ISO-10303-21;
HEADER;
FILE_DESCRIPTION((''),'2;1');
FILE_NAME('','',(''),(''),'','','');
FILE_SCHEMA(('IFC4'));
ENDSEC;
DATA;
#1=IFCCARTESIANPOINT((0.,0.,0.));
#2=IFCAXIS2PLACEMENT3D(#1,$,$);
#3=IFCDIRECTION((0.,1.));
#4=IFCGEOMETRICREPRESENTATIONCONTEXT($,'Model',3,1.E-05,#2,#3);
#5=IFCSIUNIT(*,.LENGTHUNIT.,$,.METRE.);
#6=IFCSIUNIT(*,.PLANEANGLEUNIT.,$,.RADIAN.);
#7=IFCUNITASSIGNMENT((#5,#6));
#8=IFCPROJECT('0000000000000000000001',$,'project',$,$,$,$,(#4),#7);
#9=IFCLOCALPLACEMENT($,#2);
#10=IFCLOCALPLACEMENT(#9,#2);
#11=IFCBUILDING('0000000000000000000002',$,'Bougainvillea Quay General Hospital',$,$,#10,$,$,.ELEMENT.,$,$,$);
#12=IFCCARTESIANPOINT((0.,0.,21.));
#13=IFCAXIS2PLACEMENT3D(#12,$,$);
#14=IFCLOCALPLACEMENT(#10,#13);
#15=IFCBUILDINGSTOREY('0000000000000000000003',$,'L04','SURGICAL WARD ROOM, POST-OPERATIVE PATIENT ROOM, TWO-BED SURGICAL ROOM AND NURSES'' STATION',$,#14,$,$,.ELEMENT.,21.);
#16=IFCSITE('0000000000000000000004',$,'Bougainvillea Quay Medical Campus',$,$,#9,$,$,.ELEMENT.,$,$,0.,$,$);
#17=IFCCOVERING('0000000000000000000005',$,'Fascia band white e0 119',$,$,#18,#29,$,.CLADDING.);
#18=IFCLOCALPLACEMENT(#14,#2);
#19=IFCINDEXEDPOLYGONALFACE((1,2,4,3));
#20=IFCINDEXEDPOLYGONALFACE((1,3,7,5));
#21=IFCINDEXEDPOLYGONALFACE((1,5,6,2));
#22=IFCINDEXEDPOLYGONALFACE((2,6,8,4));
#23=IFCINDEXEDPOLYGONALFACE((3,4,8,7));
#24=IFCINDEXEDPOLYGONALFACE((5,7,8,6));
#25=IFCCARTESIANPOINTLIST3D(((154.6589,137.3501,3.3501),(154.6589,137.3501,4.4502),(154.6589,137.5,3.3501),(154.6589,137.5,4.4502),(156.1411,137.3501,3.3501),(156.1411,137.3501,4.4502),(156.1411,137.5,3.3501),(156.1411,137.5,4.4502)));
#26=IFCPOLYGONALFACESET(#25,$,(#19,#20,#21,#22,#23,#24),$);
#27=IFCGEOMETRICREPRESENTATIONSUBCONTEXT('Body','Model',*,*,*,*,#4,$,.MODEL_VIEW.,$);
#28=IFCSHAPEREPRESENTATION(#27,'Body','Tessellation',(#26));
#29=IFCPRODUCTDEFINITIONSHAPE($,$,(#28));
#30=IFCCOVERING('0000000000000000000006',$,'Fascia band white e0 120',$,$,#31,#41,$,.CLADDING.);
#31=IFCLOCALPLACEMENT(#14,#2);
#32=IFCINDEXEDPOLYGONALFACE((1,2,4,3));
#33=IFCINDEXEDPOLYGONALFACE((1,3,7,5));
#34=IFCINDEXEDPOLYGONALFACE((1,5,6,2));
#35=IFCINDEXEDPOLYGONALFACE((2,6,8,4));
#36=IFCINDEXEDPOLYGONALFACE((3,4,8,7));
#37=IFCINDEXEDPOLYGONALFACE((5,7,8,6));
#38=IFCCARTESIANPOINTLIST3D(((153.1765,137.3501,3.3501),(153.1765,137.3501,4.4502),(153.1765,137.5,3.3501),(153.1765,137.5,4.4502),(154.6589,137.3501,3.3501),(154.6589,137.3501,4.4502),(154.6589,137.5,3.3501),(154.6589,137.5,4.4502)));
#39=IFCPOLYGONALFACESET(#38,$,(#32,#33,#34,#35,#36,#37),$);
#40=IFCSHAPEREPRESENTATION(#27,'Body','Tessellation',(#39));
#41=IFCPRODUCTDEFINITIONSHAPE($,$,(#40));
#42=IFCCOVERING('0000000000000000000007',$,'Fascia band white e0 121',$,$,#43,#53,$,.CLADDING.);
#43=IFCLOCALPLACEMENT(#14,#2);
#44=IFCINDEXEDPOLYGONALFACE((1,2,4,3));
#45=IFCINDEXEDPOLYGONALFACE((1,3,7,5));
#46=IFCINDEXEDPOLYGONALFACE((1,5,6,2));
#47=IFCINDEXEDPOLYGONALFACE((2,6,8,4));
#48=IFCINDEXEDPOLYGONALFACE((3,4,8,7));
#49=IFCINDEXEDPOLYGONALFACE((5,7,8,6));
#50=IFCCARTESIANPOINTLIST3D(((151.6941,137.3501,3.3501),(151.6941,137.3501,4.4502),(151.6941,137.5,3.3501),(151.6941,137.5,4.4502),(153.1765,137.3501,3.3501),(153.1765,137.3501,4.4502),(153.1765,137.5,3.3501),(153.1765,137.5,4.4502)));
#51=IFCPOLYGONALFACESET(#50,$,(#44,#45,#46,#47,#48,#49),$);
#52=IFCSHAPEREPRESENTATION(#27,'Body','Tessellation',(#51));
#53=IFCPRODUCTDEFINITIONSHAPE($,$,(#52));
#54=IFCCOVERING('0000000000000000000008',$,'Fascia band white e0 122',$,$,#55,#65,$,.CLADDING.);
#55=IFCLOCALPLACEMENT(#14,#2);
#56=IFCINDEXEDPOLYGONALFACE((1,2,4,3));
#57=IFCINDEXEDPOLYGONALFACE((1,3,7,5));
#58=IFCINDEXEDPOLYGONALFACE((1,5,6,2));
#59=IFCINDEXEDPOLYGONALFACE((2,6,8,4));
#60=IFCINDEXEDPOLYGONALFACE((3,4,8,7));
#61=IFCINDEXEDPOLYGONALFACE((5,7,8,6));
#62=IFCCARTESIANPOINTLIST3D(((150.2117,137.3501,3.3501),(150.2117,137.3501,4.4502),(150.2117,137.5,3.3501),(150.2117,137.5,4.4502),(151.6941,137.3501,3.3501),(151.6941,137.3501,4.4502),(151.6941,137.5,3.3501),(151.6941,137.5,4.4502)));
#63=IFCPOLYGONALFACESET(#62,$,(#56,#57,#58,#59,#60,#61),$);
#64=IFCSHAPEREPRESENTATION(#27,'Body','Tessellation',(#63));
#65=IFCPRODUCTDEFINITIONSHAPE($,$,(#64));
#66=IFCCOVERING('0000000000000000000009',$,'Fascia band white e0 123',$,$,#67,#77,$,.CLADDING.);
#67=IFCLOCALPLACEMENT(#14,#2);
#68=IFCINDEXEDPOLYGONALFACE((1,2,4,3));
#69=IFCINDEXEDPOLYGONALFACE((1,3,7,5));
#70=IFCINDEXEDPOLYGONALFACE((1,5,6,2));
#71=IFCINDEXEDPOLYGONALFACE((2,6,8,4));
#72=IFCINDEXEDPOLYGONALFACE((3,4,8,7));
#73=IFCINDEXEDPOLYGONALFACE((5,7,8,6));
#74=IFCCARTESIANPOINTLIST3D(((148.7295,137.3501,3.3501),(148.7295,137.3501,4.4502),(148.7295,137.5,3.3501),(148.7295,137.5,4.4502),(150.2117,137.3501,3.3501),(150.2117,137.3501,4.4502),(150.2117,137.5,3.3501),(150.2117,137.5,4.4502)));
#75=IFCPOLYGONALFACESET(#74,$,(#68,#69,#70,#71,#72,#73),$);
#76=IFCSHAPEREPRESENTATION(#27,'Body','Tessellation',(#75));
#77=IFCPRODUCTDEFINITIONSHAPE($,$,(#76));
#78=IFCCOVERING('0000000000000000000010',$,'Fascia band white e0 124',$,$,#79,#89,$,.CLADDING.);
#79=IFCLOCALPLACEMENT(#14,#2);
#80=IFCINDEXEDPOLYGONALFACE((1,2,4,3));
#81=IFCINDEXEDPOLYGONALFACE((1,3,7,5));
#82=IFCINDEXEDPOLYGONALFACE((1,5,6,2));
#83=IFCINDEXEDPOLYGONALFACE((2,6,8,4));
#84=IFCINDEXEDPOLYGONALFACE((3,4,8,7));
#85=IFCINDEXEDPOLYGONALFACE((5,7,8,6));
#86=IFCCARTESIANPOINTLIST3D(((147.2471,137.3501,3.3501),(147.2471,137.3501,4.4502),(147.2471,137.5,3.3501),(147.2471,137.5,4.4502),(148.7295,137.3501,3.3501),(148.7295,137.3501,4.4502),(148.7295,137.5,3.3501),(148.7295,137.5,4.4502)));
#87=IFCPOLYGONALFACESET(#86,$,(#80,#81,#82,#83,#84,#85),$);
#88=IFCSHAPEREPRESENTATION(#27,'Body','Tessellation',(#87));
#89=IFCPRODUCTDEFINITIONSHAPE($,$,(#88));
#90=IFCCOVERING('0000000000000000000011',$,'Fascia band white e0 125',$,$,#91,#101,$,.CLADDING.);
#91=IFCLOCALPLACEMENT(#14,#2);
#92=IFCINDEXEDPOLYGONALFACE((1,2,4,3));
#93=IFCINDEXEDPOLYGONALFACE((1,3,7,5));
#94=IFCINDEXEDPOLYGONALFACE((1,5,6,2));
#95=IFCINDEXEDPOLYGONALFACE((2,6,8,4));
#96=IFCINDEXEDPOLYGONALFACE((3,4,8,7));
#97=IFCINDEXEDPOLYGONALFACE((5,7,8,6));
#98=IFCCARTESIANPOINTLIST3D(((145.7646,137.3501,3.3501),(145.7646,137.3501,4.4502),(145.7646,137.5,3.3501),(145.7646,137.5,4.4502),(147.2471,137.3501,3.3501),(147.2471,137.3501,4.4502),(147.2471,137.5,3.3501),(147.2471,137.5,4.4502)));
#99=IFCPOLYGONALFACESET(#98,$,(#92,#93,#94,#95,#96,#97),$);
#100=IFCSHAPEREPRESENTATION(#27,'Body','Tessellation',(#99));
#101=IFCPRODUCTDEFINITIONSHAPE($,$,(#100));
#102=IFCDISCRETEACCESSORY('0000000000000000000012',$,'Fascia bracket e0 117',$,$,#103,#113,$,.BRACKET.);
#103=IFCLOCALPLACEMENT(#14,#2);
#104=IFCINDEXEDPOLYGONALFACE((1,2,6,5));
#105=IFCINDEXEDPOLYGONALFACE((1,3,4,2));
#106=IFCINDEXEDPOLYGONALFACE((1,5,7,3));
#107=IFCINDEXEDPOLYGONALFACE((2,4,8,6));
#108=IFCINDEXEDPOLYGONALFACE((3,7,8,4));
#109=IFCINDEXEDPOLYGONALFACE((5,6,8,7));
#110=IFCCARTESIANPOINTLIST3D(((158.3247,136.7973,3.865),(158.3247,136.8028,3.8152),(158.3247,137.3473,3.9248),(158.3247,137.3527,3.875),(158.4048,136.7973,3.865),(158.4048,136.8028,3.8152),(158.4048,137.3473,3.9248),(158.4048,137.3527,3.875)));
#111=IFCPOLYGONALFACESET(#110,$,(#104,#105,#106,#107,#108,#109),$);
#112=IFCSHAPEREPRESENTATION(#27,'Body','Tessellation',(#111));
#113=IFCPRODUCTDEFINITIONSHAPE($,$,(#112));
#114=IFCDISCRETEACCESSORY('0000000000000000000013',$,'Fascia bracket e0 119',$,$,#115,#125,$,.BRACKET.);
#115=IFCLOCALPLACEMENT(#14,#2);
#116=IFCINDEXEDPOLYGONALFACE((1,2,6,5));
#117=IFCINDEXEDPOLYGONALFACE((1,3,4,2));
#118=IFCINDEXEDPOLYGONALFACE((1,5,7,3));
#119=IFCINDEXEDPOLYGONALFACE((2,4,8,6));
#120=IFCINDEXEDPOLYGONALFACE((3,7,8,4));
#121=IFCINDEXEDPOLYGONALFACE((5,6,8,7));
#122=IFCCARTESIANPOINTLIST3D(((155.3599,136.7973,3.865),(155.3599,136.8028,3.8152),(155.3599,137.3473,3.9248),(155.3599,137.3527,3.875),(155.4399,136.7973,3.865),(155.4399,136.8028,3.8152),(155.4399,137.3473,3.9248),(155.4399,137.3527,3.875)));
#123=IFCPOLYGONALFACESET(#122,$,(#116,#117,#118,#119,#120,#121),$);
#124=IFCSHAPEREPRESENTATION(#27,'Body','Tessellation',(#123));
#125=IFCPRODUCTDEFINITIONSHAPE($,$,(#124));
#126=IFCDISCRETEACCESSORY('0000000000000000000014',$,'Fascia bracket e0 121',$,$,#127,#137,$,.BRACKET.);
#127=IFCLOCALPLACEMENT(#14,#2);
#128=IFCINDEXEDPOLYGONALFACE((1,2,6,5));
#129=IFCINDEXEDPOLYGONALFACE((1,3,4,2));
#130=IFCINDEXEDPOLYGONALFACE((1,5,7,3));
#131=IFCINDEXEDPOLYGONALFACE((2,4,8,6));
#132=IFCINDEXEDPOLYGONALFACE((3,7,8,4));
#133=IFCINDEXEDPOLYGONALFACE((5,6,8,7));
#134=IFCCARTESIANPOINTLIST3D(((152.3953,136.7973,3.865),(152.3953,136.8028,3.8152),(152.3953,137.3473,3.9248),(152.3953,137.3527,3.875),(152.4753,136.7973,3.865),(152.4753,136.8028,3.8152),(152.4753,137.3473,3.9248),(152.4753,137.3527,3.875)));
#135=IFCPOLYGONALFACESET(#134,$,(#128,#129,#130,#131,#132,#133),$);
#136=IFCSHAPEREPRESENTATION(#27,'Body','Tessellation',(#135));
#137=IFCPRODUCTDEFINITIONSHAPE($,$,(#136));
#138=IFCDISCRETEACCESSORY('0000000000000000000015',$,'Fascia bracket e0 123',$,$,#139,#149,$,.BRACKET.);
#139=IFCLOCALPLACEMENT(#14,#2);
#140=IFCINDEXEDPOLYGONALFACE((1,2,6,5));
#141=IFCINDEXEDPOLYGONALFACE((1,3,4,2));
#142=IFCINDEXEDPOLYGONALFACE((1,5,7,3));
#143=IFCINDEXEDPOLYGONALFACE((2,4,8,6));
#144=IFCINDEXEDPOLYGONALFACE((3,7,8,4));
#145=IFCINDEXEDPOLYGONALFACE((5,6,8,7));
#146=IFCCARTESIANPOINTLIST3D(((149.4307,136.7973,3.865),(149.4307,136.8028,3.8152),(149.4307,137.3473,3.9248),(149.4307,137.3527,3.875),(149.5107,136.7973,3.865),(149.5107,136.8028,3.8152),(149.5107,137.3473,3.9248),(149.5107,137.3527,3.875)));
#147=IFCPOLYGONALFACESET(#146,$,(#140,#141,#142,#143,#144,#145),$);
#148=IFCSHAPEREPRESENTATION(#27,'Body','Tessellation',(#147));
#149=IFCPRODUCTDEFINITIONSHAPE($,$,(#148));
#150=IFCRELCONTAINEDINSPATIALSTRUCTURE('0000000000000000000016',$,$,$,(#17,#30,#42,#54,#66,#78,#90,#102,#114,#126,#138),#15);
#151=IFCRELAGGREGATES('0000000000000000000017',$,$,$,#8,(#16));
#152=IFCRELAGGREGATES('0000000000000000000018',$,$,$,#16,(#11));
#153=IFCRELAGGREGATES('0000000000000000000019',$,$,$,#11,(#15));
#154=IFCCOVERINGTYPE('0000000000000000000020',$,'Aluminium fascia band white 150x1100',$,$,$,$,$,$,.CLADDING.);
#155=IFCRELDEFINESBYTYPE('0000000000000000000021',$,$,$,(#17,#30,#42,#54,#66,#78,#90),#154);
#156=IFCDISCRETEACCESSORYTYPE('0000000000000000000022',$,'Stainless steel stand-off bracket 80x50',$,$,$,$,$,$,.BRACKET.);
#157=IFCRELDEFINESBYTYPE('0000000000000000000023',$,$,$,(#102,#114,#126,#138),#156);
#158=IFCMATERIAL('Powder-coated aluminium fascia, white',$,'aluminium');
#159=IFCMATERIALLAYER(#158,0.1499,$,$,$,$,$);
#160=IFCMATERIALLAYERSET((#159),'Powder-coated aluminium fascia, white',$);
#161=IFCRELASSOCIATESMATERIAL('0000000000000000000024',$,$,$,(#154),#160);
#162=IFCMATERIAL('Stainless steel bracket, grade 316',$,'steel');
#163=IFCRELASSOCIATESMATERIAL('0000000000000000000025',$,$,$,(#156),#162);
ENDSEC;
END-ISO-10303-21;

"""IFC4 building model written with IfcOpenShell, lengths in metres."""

from ifc_helpers import new_model, si_unit, direction, frame, origin, origin_2d, place, context, subcontext, project, spatial, polyline, rectangle, outline, extrude, material, layer, layer_set, material_profile, profile_set, type_object, element, save


model = new_model("IFC4")

# Units and contexts
model_context = context("Model", 3, precision=1e-05, world=origin(), true_north=direction((0.0, 1.0)))
body_context = subcontext(model_context, "Body", "Model", "MODEL_VIEW")
ifc_project = project(units=[si_unit("LENGTHUNIT", "METRE"), si_unit("PLANEANGLEUNIT", "RADIAN")], contexts=[model_context])

# Site, building, storey
site_placement = place(None, origin())
site = spatial("IfcSite", under=ifc_project, at=site_placement, Name="Bougainvillea Quay Medical Campus", CompositionType="ELEMENT", RefElevation=0.0)
building_placement = place(site_placement, origin())
building = spatial("IfcBuilding", under=site, at=building_placement, Name="Bougainvillea Quay General Hospital", CompositionType="ELEMENT")
storey_placement = place(building_placement, frame((0.0, 0.0, 21.0)))
storey = spatial("IfcBuildingStorey", under=building, at=storey_placement, Name="L04", Description="SURGICAL WARD ROOM, POST-OPERATIVE PATIENT ROOM, TWO-BED SURGICAL ROOM AND NURSES' STATION", CompositionType="ELEMENT", Elevation=21.0)

# Coverings
ifc_material_1 = material(Name="Powder-coated aluminium fascia, white", Category="aluminium")
ifc_layer_1 = layer(ifc_material_1, 0.1499)
ifc_layer_set_1 = layer_set([ifc_layer_1], Name="Powder-coated aluminium fascia, white")
covering_type = type_object("IfcCoveringType", Name="Aluminium fascia band white 150x1100", PredefinedType="CLADDING", material=ifc_layer_set_1)
covering_1_placement = place(storey_placement, frame((156.1411, 137.3501, 3.3501), z_axis=(0.0, 0.0, 1.0), x_axis=(-1.0, 0.0, 0.0)))
element("IfcCovering", 1, at=covering_1_placement, inside=storey, type_object=covering_type, Name="Fascia band white e0 119", PredefinedType="CLADDING", context=body_context, shape_type="SweptSolid", body=[
    extrude(outline(polyline([(0.0, 0.0), (1.4822, 0.0), (1.4822, -0.1499), (0.0, -0.1499), (0.0, 0.0)])), origin(), (0.0, 0.0, 1.0), 1.1001),
])
for number, where, z_axis, x_axis, name in (
    (2, (154.6589, 137.3501, 3.3501), (0.0, 0.0, 1.0), (-1.0, 0.0, 0.0), "Fascia band white e0 120"),
    (3, (153.1765, 137.3501, 3.3501), (0.0, 0.0, 1.0), (-1.0, 0.0, 0.0), "Fascia band white e0 121"),
    (4, (151.6941, 137.3501, 3.3501), (0.0, 0.0, 1.0), (-1.0, 0.0, 0.0), "Fascia band white e0 122"),
):
    element("IfcCovering", number, at=place(storey_placement, frame(where, z_axis=z_axis, x_axis=x_axis)), inside=storey, type_object=covering_type, Name=name, PredefinedType="CLADDING", context=body_context, shape_type="SweptSolid", body=[
        extrude(outline(polyline([(0.0, 0.0), (1.4824, 0.0), (1.4824, -0.1499), (0.0, -0.1499), (0.0, 0.0)])), origin(), (0.0, 0.0, 1.0), 1.1001),
    ])
covering_2_placement = place(storey_placement, frame((150.2117, 137.3501, 3.3501), z_axis=(0.0, 0.0, 1.0), x_axis=(-1.0, 0.0, 0.0)))
element("IfcCovering", 5, at=covering_2_placement, inside=storey, type_object=covering_type, Name="Fascia band white e0 123", PredefinedType="CLADDING", context=body_context, shape_type="SweptSolid", body=[
    extrude(outline(polyline([(0.0, 0.0), (1.4822, 0.0), (1.4822, -0.1499), (0.0, -0.1499), (0.0, 0.0)])), origin(), (0.0, 0.0, 1.0), 1.1001),
])
for number, where, z_axis, x_axis, name in (
    (6, (148.7295, 137.3501, 3.3501), (0.0, 0.0, 1.0), (-1.0, 0.0, 0.0), "Fascia band white e0 124"),
    (7, (147.2471, 137.3501, 3.3501), (0.0, 0.0, 1.0), (-1.0, 0.0, 0.0), "Fascia band white e0 125"),
):
    element("IfcCovering", number, at=place(storey_placement, frame(where, z_axis=z_axis, x_axis=x_axis)), inside=storey, type_object=covering_type, Name=name, PredefinedType="CLADDING", context=body_context, shape_type="SweptSolid", body=[
        extrude(outline(polyline([(0.0, 0.0), (1.4824, 0.0), (1.4824, -0.1499), (0.0, -0.1499), (0.0, 0.0)])), origin(), (0.0, 0.0, 1.0), 1.1001),
    ])

# Discrete accessories
ifc_material_2 = material(Name="Stainless steel bracket, grade 316", Category="steel")
ifc_material_profile_1 = material_profile(ifc_material_2, rectangle(XDim=0.0801, YDim=0.05, at=origin_2d()))
ifc_profile_set_1 = profile_set([ifc_material_profile_1], Name="Stainless steel bracket, grade 316")
discrete_accessory_type = type_object("IfcDiscreteAccessoryType", Name="Stainless steel stand-off bracket 80x50", PredefinedType="BRACKET", material=ifc_profile_set_1)
for number, where, z_axis, x_axis, name in (
    (8, (158.3647, 136.8, 3.8401), (0.0, 0.994139, 0.108107), (-1.0, 0.0, 0.0), "Fascia bracket e0 117"),
    (9, (155.3999, 136.8, 3.8401), (0.0, 0.994139, 0.108107), (-1.0, 0.0, 0.0), "Fascia bracket e0 119"),
    (10, (152.4353, 136.8, 3.8401), (0.0, 0.994139, 0.108107), (-1.0, 0.0, 0.0), "Fascia bracket e0 121"),
    (11, (149.4707, 136.8, 3.8401), (0.0, 0.994139, 0.108107), (-1.0, 0.0, 0.0), "Fascia bracket e0 123"),
):
    element("IfcDiscreteAccessory", number, at=place(storey_placement, frame(where, z_axis=z_axis, x_axis=x_axis)), inside=storey, type_object=discrete_accessory_type, Name=name, PredefinedType="BRACKET", context=body_context, shape_type="SweptSolid", body=[
        extrude(rectangle(XDim=0.0801, YDim=0.05, at=origin_2d()), origin(), (0.0, 0.0, 1.0), 0.5532),
    ])

save(model, "model.ifc")
